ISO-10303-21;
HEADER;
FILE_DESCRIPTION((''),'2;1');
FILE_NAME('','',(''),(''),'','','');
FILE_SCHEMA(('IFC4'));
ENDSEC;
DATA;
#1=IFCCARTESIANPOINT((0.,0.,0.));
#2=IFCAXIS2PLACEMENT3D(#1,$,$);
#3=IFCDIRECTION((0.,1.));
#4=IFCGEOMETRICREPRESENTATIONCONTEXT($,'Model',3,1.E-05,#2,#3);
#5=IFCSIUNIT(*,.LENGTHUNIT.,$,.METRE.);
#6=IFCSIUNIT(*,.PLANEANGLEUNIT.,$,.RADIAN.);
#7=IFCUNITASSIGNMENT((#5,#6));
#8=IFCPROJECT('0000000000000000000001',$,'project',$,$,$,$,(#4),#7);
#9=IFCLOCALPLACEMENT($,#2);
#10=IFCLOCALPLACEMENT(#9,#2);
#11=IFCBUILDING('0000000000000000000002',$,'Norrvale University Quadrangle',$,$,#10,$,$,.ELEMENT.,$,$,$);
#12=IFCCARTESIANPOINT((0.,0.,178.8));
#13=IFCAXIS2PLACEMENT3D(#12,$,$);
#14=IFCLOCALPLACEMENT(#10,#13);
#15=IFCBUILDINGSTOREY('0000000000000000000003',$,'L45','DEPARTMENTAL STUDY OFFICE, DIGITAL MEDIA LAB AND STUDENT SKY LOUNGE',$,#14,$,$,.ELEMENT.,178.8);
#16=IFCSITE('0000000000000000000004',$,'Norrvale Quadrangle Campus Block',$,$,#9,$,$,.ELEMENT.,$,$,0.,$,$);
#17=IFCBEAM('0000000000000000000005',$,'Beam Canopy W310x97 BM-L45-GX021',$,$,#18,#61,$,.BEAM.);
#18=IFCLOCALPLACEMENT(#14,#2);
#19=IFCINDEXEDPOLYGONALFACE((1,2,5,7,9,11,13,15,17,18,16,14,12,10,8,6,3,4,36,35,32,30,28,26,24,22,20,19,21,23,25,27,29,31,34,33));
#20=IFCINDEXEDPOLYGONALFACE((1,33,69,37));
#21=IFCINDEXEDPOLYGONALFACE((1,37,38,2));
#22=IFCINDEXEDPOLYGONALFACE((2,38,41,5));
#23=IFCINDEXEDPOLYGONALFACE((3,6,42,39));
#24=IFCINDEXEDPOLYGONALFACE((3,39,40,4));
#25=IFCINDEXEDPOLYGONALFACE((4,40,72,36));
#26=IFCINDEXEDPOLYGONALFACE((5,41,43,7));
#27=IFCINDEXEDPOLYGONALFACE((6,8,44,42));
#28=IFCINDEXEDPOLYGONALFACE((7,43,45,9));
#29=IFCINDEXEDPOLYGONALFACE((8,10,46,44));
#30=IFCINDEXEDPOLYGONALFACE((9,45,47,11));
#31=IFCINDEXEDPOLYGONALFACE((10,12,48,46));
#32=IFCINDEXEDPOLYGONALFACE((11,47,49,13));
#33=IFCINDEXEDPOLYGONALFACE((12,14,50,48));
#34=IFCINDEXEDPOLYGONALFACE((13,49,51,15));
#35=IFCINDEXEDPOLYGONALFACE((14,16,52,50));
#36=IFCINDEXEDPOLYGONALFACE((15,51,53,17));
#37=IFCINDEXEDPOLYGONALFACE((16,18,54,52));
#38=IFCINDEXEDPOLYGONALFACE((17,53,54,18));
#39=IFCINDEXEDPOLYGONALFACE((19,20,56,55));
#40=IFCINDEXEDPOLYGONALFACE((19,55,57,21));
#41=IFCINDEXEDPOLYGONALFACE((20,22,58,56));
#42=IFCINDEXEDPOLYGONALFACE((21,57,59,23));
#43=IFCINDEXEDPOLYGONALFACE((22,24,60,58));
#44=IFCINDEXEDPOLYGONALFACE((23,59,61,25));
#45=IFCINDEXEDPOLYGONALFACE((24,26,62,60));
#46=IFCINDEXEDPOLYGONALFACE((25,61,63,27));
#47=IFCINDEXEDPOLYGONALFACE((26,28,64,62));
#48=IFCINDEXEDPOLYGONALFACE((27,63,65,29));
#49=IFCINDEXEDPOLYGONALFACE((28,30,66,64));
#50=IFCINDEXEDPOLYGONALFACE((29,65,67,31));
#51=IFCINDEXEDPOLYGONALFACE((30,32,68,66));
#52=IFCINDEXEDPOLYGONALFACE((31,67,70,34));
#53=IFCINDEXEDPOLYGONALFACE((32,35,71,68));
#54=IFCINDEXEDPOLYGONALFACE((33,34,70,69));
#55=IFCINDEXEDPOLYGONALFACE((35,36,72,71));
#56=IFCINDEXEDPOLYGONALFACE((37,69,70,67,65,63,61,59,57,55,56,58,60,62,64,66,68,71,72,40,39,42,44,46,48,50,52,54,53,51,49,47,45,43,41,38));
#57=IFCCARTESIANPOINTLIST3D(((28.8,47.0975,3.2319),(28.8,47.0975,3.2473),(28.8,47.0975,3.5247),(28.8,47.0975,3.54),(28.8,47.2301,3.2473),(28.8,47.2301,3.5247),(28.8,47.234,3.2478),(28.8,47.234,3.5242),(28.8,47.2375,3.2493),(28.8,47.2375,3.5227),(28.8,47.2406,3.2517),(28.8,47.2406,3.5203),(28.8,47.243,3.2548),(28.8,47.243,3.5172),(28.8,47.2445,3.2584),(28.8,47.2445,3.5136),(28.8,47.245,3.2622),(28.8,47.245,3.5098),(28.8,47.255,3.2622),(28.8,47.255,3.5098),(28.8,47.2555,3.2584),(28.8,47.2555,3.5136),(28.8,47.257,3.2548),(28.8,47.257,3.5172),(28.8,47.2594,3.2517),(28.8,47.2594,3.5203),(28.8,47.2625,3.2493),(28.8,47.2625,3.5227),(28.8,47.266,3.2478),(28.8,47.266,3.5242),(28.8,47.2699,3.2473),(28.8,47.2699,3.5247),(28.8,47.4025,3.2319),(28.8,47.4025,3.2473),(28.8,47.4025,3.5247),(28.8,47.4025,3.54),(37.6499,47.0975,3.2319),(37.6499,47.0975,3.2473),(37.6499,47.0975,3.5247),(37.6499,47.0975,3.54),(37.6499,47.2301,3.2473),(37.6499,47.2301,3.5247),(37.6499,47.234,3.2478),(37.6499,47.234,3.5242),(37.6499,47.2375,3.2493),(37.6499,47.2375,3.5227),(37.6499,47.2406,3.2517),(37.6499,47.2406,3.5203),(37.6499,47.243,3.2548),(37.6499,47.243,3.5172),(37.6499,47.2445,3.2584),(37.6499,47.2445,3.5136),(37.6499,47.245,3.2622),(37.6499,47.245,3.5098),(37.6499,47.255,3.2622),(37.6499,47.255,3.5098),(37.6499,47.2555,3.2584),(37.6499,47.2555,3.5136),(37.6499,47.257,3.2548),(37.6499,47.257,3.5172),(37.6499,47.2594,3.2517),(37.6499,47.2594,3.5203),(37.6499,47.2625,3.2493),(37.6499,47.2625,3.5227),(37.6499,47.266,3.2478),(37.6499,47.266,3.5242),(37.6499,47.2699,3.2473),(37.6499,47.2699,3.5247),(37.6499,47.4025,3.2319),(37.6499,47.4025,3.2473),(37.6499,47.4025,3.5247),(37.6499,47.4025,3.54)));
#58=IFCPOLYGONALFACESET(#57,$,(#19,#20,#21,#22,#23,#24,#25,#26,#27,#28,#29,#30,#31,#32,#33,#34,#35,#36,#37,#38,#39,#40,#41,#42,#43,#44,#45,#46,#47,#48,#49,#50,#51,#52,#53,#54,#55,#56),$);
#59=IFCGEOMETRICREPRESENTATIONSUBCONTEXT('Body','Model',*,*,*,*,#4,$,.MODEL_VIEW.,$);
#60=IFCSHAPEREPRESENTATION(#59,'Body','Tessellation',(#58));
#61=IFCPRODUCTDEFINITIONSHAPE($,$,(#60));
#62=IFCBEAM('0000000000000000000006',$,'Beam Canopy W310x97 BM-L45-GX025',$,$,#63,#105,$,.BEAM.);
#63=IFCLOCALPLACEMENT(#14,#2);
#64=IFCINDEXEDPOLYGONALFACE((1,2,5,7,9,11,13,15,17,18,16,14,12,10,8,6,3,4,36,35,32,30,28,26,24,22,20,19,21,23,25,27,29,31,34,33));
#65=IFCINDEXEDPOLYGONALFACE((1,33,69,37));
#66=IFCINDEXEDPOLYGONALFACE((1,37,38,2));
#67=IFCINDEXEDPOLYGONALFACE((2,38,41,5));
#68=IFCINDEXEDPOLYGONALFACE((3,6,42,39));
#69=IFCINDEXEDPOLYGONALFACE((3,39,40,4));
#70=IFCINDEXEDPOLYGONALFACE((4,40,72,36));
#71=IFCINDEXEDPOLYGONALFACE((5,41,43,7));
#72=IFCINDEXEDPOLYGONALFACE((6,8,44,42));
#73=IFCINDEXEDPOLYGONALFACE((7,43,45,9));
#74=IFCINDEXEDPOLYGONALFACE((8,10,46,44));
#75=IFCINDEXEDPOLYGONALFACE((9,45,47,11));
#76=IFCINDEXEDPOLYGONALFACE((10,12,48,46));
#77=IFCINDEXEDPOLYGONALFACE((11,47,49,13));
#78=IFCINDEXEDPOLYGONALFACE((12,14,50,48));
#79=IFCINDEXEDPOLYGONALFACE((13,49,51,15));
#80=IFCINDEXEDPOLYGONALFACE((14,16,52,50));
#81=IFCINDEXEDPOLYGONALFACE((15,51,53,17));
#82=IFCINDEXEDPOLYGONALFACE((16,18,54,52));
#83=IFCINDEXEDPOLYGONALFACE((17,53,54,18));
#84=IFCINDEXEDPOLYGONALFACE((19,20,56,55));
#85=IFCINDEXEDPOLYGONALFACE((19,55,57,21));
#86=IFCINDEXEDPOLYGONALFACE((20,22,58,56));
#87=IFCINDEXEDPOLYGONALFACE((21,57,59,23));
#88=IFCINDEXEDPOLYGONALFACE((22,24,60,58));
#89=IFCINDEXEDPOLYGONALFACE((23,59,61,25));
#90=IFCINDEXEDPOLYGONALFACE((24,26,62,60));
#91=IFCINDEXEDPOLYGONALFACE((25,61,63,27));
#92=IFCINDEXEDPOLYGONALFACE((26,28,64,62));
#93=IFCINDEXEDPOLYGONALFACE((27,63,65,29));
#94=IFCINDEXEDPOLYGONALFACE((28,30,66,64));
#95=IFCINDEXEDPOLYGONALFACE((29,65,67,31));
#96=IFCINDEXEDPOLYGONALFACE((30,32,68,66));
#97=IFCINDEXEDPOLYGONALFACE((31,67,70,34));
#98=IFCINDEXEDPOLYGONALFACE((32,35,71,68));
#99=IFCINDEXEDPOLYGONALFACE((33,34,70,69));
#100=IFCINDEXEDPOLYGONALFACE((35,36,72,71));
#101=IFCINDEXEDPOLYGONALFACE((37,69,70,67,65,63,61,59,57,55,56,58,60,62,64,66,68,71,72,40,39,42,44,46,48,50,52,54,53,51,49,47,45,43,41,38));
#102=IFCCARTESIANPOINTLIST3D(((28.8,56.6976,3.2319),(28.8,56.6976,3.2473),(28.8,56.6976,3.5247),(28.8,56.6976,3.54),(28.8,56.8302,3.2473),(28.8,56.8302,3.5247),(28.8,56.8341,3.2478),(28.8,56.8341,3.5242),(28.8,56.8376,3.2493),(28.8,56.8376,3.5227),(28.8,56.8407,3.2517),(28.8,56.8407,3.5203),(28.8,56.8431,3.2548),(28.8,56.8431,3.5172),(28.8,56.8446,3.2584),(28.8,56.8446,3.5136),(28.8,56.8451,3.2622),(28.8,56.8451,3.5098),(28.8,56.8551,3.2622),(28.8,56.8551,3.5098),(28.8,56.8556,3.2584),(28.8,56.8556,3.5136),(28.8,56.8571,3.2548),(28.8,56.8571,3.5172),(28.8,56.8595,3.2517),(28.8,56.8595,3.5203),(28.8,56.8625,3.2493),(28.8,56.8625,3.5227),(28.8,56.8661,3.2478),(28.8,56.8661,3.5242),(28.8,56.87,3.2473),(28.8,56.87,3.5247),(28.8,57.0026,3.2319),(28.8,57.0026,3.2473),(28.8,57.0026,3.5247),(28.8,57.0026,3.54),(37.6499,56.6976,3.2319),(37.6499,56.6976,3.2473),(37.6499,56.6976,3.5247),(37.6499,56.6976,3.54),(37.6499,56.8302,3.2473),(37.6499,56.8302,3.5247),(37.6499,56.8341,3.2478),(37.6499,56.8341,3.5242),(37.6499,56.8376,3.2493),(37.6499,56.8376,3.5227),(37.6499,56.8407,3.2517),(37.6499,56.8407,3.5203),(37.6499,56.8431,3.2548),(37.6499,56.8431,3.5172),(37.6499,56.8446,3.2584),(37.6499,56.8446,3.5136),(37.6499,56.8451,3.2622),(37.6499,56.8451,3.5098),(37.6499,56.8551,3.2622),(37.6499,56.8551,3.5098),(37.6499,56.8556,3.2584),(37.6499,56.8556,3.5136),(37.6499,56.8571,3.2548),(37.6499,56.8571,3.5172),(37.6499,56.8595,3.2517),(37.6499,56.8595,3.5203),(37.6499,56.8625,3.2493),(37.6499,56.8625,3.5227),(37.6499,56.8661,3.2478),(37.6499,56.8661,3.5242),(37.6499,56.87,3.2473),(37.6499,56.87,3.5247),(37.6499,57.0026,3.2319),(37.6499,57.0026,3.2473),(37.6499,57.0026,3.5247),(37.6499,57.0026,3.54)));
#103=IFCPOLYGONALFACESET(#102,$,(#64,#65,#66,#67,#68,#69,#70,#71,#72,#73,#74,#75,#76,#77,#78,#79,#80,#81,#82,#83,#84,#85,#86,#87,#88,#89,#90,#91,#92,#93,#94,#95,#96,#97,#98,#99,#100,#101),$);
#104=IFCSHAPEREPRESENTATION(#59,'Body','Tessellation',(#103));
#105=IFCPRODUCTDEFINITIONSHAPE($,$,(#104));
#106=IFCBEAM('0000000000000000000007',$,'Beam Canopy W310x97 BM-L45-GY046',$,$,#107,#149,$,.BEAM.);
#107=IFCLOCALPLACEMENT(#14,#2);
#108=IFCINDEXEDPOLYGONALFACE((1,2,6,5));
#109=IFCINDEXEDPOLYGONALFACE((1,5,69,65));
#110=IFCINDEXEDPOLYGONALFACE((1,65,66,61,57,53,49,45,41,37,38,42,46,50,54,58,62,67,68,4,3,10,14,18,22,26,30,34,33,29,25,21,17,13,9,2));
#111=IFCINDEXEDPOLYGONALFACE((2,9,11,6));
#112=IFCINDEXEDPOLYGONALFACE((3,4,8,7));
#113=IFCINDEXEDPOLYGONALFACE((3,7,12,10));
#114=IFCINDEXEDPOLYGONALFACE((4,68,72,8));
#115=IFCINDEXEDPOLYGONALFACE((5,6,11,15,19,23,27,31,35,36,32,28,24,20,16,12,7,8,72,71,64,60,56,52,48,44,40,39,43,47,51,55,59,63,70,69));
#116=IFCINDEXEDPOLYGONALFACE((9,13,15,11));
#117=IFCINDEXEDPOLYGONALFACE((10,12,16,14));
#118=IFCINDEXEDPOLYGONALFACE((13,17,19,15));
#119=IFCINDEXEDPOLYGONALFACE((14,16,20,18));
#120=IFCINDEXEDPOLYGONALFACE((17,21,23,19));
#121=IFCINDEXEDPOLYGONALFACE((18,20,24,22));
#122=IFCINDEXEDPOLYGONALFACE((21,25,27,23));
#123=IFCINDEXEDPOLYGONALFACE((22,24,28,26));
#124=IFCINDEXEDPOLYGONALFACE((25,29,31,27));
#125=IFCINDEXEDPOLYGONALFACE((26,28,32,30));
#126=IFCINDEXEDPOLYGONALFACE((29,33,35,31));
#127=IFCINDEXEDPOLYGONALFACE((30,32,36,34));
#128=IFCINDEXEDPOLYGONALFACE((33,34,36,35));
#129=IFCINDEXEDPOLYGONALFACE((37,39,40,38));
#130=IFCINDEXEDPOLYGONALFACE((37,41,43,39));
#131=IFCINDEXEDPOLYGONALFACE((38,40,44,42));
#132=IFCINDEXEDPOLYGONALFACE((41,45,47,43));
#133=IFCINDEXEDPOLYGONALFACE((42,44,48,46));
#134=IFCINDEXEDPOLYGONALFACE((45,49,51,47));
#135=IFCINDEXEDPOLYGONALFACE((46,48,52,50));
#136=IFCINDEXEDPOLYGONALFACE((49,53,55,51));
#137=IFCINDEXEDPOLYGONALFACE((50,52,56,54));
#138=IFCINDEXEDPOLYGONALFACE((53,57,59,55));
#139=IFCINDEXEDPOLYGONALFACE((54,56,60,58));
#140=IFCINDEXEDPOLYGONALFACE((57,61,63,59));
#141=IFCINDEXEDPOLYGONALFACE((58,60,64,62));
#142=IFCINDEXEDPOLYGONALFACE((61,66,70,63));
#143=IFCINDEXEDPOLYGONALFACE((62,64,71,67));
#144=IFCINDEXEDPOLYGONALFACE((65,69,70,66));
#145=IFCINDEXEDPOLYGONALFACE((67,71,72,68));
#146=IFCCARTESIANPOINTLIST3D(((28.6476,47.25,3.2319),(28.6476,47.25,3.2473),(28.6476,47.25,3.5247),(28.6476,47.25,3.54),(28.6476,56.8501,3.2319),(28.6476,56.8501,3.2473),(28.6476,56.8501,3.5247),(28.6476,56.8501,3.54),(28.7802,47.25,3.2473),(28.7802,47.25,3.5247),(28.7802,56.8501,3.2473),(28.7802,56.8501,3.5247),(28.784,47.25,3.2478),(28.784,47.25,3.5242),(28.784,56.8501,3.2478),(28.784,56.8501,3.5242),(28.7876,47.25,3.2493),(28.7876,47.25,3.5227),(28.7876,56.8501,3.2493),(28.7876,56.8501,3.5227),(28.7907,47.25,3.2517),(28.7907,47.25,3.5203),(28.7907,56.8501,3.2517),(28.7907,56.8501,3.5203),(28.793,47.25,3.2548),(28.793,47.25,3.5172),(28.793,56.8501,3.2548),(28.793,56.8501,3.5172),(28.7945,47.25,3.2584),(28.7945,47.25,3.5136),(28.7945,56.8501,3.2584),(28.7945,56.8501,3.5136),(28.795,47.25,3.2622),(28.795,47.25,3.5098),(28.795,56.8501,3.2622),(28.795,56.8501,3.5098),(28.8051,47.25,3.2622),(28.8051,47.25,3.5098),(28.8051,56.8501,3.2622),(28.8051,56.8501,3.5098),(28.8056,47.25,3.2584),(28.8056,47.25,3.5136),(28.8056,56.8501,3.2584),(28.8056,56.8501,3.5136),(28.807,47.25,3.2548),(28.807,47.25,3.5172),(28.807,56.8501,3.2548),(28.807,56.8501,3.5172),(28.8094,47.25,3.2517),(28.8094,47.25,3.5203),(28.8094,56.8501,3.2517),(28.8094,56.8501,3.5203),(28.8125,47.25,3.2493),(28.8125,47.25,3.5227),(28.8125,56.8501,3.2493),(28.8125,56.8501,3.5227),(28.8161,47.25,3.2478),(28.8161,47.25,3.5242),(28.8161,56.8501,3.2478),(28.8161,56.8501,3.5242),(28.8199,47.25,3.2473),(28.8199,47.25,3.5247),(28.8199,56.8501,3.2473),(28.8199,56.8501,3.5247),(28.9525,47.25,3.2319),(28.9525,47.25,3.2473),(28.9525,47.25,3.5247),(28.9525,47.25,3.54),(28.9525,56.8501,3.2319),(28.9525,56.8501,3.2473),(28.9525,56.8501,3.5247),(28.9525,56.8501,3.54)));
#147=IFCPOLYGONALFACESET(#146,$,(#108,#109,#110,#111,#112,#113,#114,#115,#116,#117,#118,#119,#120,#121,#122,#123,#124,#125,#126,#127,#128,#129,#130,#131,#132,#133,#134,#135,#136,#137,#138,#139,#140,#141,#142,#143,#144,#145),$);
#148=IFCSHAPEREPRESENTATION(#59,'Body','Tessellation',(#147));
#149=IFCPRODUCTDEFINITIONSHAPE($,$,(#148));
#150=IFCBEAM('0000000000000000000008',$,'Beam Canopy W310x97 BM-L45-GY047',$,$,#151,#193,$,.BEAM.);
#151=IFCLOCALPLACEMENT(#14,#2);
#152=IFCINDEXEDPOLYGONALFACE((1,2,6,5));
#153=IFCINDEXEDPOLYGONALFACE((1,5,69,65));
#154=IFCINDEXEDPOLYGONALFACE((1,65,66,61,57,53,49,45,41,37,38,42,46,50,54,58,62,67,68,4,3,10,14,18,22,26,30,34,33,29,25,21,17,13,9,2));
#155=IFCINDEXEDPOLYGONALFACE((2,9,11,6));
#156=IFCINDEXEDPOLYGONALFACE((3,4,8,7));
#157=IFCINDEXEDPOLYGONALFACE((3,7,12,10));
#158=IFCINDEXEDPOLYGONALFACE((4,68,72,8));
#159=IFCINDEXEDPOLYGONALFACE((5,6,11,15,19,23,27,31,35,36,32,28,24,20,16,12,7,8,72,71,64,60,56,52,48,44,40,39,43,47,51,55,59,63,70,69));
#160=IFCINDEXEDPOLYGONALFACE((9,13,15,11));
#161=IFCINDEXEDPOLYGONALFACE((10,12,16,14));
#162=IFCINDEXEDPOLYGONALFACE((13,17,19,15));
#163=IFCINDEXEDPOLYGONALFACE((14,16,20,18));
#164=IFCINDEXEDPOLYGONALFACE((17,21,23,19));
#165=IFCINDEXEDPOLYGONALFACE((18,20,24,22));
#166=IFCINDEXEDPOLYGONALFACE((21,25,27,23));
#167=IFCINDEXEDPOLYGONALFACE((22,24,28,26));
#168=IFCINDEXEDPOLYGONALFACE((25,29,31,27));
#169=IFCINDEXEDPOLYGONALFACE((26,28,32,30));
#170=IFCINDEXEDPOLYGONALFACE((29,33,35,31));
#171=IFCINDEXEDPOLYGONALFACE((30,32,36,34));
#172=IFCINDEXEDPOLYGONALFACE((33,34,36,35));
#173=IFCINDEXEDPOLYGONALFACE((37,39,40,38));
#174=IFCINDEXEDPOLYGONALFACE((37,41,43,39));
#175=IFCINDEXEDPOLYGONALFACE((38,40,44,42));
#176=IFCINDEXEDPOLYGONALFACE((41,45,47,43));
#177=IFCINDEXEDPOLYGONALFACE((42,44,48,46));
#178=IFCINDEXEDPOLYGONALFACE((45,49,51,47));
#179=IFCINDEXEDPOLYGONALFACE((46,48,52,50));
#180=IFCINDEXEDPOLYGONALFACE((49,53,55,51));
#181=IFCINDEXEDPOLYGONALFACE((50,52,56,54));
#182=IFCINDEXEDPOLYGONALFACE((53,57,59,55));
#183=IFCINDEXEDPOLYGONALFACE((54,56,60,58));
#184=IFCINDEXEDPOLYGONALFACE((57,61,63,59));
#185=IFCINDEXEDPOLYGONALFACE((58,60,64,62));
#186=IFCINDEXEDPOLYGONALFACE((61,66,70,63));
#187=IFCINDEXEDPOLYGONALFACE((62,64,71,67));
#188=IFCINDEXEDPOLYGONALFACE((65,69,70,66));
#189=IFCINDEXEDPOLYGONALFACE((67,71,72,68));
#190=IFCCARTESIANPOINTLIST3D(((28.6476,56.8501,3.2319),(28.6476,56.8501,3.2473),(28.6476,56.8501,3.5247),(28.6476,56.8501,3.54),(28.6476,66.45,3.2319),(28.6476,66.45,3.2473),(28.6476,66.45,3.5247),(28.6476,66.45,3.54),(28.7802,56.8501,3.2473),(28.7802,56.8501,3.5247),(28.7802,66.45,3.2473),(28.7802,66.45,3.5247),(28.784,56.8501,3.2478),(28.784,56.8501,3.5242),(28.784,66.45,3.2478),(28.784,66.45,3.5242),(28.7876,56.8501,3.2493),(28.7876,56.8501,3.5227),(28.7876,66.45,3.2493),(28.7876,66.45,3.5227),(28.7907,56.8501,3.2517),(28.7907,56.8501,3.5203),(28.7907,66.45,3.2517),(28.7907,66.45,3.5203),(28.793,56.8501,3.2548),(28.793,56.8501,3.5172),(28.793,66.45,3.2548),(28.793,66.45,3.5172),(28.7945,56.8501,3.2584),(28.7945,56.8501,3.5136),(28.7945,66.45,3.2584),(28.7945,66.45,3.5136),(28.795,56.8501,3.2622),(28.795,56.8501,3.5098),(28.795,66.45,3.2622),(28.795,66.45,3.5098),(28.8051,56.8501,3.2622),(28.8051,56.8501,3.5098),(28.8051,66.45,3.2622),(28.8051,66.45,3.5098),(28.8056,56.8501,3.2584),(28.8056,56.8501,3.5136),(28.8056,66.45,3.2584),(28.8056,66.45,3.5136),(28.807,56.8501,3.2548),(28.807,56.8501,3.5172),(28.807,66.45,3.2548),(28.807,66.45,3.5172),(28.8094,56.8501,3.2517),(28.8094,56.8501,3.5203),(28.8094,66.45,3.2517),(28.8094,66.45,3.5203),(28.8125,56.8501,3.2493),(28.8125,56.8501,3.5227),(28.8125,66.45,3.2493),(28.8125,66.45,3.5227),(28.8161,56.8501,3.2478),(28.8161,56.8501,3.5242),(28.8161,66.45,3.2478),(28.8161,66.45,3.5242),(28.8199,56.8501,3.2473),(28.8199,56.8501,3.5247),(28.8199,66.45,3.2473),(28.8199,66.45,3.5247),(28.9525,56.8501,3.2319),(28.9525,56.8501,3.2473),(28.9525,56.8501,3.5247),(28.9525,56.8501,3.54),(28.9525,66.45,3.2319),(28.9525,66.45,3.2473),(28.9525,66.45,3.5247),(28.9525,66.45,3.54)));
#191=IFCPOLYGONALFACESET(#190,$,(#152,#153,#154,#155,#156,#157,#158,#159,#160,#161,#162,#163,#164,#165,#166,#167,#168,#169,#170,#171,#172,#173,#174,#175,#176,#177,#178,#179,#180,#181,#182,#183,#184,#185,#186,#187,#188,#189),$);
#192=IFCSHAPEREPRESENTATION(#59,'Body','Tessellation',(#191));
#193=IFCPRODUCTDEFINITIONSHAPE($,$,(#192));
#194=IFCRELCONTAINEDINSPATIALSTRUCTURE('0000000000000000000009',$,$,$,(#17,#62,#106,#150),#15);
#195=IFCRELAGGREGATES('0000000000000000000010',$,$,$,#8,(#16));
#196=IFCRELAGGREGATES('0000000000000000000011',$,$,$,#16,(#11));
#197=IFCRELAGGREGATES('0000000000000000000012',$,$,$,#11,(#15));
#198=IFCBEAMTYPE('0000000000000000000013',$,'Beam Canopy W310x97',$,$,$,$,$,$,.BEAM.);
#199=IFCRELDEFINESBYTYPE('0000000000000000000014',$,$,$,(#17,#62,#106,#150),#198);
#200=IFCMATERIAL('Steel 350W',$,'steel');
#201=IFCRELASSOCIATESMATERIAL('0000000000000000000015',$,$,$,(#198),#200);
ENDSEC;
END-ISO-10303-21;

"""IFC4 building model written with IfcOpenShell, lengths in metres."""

from ifc_helpers import new_model, si_unit, direction, frame, origin, origin_2d, place, context, subcontext, project, spatial, i_section, extrude, material, material_profile, profile_set, type_object, element, save


model = new_model("IFC4")

# Units and contexts
model_context = context("Model", 3, precision=1e-05, world=origin(), true_north=direction((0.0, 1.0)))
body_context = subcontext(model_context, "Body", "Model", "MODEL_VIEW")
ifc_project = project(units=[si_unit("LENGTHUNIT", "METRE"), si_unit("PLANEANGLEUNIT", "RADIAN")], contexts=[model_context])

# Site, building, storey
site_placement = place(None, origin())
site = spatial("IfcSite", under=ifc_project, at=site_placement, Name="Norrvale Quadrangle Campus Block", CompositionType="ELEMENT", RefElevation=0.0)
building_placement = place(site_placement, origin())
building = spatial("IfcBuilding", under=site, at=building_placement, Name="Norrvale University Quadrangle", CompositionType="ELEMENT")
storey_placement = place(building_placement, frame((0.0, 0.0, 178.8)))
storey = spatial("IfcBuildingStorey", under=building, at=storey_placement, Name="L45", Description="DEPARTMENTAL STUDY OFFICE, DIGITAL MEDIA LAB AND STUDENT SKY LOUNGE", CompositionType="ELEMENT", Elevation=178.8)

# Beams
ifc_material_1 = material(Name="Steel 350W", Category="steel")
ifc_material_profile_1 = material_profile(ifc_material_1, i_section(OverallWidth=0.3049, OverallDepth=0.3081, WebThickness=0.01, FlangeThickness=0.0154, FilletRadius=0.0149, at=origin_2d()), Name="Steel 350W")
ifc_profile_set_1 = profile_set([ifc_material_profile_1], Name="Steel 350W")
beam_type_1 = type_object("IfcBeamType", Name="Beam Canopy W310x97", PredefinedType="BEAM", material=ifc_profile_set_1)
for number, where, z_axis, x_axis, name in (
    (1, (28.8, 47.25, 3.386), (1.0, 0.0, 0.0), (0.0, 1.0, 0.0), "Beam Canopy W310x97 BM-L45-GX021"),
    (2, (28.8, 56.8501, 3.386), (1.0, 0.0, 0.0), (0.0, 1.0, 0.0), "Beam Canopy W310x97 BM-L45-GX025"),
):
    element("IfcBeam", number, at=place(storey_placement, frame(where, z_axis=z_axis, x_axis=x_axis)), inside=storey, type_object=beam_type_1, Name=name, PredefinedType="BEAM", context=body_context, shape_type="SweptSolid", body=[
        extrude(i_section(OverallWidth=0.3049, OverallDepth=0.3081, WebThickness=0.01, FlangeThickness=0.0154, FilletRadius=0.0149, at=origin_2d()), origin(), (0.0, 0.0, 1.0), 8.8499),
    ])
beam_1_placement = place(storey_placement, frame((28.8, 47.25, 3.386), z_axis=(0.0, 1.0, 0.0), x_axis=(-1.0, 0.0, 0.0)))
element("IfcBeam", 3, at=beam_1_placement, inside=storey, type_object=beam_type_1, Name="Beam Canopy W310x97 BM-L45-GY046", PredefinedType="BEAM", context=body_context, shape_type="SweptSolid", body=[
    extrude(i_section(OverallWidth=0.3049, OverallDepth=0.3081, WebThickness=0.01, FlangeThickness=0.0154, FilletRadius=0.0149, at=origin_2d()), origin(), (0.0, 0.0, 1.0), 9.6001),
])
beam_2_placement = place(storey_placement, frame((28.8, 56.8501, 3.386), z_axis=(0.0, 1.0, 0.0), x_axis=(-1.0, 0.0, 0.0)))
element("IfcBeam", 4, at=beam_2_placement, inside=storey, type_object=beam_type_1, Name="Beam Canopy W310x97 BM-L45-GY047", PredefinedType="BEAM", context=body_context, shape_type="SweptSolid", body=[
    extrude(i_section(OverallWidth=0.3049, OverallDepth=0.3081, WebThickness=0.01, FlangeThickness=0.0154, FilletRadius=0.0149, at=origin_2d()), origin(), (0.0, 0.0, 1.0), 9.5999),
])

save(model, "model.ifc")
